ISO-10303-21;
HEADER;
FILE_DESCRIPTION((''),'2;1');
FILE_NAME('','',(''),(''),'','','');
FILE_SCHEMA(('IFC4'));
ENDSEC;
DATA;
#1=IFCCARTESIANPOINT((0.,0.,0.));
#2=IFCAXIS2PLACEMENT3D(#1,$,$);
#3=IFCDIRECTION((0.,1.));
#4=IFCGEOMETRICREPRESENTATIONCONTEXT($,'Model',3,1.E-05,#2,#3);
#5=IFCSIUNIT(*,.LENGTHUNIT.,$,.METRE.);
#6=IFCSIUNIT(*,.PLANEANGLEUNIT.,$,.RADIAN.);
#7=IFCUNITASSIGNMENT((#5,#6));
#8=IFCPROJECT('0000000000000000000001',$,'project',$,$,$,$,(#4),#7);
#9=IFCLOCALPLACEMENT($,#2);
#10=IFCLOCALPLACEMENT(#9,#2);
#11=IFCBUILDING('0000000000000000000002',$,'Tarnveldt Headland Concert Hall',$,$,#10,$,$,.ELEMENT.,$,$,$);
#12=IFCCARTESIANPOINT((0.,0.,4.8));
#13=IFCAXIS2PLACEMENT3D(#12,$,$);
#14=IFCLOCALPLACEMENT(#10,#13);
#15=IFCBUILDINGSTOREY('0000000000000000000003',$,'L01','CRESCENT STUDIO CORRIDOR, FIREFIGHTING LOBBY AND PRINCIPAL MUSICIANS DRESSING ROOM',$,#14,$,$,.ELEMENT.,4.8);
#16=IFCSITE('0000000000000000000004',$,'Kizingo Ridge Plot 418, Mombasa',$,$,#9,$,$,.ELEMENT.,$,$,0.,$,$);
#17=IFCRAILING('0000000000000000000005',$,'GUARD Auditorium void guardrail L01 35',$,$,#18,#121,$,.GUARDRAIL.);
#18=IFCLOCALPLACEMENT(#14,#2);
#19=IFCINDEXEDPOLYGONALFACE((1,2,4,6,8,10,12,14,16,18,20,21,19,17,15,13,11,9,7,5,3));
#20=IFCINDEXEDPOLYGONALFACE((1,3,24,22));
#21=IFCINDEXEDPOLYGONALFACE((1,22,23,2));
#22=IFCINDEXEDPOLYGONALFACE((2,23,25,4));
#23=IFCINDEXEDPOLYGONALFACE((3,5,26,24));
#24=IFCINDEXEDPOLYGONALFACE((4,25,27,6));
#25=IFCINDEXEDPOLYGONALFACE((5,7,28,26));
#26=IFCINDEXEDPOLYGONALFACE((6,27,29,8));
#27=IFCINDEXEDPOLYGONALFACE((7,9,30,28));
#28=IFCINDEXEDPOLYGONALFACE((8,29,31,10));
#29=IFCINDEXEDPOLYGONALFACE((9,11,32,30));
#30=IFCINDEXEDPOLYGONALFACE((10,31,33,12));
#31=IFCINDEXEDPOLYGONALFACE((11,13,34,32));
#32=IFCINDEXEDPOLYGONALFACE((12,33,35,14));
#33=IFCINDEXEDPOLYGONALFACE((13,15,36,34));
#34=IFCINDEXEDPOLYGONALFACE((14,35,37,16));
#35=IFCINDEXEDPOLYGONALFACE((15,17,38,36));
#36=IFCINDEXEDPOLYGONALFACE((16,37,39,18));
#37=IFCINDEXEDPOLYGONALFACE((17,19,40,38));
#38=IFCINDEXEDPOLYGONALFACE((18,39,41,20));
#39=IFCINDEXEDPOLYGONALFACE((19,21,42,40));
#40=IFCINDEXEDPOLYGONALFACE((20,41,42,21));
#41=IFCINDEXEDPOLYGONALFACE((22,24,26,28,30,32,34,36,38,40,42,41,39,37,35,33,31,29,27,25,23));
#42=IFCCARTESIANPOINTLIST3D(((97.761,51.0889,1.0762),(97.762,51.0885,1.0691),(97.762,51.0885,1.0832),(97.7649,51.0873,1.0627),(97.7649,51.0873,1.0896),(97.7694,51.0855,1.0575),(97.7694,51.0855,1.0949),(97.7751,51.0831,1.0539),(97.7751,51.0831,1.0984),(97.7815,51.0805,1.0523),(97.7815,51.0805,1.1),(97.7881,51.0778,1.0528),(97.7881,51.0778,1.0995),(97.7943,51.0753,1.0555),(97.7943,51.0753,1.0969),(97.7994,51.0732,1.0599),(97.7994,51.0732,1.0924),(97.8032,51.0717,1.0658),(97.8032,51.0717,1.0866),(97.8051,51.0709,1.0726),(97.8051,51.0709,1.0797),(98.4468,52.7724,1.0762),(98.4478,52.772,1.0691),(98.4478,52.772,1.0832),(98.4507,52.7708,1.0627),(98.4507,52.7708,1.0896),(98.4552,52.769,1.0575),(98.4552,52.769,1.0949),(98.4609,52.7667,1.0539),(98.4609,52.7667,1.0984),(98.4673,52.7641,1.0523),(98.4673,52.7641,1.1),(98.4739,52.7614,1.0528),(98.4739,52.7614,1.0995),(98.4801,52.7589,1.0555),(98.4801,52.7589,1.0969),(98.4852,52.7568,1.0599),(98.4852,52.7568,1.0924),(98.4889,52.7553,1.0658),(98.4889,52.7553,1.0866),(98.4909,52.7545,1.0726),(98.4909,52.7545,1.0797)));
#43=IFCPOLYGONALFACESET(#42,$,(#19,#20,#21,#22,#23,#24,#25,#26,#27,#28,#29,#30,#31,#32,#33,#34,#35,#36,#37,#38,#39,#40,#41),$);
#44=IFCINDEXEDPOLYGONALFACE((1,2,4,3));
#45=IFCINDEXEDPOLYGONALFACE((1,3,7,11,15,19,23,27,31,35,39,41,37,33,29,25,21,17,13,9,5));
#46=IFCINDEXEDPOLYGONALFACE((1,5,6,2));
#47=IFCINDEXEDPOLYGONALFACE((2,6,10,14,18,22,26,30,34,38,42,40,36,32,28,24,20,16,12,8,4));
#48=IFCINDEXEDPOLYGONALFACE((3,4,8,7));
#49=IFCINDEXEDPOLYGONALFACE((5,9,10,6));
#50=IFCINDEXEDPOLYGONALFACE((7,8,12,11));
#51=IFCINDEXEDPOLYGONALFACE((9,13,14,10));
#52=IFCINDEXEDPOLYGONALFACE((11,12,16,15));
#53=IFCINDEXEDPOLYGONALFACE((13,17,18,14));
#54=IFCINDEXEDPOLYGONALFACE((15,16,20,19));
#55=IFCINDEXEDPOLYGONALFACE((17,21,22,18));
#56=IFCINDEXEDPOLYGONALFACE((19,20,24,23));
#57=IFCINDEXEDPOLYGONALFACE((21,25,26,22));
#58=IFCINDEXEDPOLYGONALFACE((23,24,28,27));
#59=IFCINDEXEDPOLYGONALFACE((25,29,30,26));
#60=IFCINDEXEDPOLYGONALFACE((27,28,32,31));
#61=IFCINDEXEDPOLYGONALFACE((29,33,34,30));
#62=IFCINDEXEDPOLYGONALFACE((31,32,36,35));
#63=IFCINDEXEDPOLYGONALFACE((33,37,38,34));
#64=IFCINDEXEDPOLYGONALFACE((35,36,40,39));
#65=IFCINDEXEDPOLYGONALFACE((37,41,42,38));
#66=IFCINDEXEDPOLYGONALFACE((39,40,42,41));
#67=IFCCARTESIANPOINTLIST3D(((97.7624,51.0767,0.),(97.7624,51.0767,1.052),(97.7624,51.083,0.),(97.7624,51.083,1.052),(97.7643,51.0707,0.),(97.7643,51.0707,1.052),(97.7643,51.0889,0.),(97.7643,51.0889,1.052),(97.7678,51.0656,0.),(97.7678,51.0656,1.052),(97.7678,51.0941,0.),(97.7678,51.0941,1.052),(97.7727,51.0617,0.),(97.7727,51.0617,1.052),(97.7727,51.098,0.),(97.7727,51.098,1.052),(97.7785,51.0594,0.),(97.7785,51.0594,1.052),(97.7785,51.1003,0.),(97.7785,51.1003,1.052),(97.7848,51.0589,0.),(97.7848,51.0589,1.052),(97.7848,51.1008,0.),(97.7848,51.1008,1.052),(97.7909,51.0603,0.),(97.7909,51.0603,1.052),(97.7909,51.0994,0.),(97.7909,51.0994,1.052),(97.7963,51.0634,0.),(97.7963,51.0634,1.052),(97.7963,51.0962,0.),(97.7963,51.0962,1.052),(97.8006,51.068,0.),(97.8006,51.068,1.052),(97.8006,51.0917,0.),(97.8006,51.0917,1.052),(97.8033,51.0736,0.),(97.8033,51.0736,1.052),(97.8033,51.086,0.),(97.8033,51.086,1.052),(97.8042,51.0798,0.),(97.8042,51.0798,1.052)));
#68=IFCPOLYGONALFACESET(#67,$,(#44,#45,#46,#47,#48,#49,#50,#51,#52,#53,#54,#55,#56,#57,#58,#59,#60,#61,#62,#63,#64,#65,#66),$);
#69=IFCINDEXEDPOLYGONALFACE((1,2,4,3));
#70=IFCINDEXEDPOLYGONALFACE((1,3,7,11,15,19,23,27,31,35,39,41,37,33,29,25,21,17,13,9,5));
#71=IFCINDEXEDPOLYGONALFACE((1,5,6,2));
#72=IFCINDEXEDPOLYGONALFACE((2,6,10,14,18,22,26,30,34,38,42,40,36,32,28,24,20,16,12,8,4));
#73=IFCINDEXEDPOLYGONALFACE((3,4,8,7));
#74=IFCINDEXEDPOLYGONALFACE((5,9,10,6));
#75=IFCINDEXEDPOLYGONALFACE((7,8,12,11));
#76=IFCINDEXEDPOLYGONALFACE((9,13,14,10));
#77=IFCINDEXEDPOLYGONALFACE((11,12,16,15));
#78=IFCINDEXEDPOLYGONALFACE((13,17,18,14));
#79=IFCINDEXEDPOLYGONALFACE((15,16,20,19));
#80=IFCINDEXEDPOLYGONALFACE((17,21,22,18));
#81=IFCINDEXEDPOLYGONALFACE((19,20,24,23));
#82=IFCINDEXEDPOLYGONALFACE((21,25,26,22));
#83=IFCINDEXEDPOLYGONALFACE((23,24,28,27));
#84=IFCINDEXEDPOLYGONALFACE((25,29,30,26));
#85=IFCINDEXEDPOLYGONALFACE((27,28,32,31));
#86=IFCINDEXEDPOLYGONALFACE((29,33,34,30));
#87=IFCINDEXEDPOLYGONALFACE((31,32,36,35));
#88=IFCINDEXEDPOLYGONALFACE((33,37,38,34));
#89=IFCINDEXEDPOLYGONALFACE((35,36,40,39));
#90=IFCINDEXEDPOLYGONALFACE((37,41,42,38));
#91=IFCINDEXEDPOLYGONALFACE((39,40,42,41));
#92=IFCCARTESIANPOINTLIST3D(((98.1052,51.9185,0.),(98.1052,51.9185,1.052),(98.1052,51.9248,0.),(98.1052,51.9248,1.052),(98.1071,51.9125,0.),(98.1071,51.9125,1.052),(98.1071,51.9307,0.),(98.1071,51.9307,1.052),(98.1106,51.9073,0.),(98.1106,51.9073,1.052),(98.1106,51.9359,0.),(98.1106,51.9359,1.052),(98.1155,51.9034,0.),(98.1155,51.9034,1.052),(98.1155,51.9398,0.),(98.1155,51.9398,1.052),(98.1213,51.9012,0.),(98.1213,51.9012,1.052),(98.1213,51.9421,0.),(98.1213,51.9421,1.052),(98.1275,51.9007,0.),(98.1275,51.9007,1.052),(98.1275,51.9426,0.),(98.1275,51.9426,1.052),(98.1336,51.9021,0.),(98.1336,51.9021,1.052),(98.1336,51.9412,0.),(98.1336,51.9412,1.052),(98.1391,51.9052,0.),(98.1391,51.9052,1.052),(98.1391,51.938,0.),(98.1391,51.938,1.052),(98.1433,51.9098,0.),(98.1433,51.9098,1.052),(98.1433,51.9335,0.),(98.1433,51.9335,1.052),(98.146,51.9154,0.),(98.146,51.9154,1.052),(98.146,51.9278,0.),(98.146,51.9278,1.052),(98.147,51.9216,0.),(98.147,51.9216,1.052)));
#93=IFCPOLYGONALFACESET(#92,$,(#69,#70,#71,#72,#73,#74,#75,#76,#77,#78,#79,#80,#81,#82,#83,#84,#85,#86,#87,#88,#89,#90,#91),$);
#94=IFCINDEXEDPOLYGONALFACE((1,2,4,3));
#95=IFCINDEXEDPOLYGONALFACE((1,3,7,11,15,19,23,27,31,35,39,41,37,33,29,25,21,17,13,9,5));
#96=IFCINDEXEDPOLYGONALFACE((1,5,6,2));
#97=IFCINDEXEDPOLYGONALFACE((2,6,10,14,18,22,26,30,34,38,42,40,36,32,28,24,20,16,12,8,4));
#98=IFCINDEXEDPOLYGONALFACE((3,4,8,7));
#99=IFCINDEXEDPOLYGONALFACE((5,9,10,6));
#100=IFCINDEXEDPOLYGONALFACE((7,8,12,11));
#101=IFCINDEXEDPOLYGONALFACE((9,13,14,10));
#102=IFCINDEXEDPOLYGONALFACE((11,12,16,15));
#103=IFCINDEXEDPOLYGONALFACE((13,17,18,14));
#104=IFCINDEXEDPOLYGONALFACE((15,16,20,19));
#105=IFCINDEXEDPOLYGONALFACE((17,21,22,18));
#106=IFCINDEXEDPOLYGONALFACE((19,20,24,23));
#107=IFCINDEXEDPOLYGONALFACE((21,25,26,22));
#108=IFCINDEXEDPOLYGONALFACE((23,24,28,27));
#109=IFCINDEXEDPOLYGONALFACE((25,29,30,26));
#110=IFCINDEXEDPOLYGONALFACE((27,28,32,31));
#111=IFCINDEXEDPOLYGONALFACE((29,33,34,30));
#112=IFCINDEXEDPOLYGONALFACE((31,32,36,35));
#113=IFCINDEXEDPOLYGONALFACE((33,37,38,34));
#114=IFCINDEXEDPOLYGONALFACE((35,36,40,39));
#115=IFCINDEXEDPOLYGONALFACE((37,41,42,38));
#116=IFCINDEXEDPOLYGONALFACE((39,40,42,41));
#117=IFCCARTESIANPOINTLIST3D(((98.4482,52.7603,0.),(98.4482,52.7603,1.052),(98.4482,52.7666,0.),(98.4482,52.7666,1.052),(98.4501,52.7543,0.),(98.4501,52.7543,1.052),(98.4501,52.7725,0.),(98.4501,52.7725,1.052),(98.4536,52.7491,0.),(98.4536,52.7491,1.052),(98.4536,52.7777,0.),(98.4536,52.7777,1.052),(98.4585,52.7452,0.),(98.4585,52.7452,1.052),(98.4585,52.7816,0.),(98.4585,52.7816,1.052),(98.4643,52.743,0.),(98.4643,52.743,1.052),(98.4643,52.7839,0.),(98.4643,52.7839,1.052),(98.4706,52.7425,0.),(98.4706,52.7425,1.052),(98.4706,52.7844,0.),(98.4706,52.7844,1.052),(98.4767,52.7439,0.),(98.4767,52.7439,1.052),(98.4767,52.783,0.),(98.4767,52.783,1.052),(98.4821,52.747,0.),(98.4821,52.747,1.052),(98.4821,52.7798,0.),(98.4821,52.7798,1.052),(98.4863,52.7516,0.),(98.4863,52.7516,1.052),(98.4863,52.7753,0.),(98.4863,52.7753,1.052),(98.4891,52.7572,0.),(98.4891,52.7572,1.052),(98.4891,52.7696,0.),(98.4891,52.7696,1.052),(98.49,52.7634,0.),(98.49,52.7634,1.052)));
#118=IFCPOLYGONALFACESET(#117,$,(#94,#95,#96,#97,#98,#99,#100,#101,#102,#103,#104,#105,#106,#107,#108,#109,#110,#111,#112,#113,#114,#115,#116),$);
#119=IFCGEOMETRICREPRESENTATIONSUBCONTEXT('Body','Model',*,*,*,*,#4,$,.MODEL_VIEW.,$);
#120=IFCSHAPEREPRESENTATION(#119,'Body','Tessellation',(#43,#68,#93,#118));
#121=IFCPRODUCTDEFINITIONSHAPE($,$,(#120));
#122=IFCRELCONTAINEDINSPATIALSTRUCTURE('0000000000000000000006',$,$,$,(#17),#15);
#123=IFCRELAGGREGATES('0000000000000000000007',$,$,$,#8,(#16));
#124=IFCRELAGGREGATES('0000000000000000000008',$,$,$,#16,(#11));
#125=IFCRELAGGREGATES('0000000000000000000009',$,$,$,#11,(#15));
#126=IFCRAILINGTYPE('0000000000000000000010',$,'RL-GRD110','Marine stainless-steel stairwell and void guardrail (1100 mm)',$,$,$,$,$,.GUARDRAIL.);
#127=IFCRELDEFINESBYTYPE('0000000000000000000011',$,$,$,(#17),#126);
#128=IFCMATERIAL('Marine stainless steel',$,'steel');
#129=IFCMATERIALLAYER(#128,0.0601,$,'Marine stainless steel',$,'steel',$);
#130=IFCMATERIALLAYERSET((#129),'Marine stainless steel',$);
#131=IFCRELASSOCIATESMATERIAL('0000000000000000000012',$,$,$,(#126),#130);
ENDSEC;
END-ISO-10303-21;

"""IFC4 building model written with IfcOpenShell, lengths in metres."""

from ifc_helpers import new_model, si_unit, direction, frame, origin, origin_2d, place, context, subcontext, project, spatial, circle, extrude, material, layer, layer_set, type_object, element, save


model = new_model("IFC4")

# Units and contexts
model_context = context("Model", 3, precision=1e-05, world=origin(), true_north=direction((0.0, 1.0)))
body_context = subcontext(model_context, "Body", "Model", "MODEL_VIEW")
ifc_project = project(units=[si_unit("LENGTHUNIT", "METRE"), si_unit("PLANEANGLEUNIT", "RADIAN")], contexts=[model_context])

# Site, building, storey
site_placement = place(None, origin())
site = spatial("IfcSite", under=ifc_project, at=site_placement, Name="Kizingo Ridge Plot 418, Mombasa", CompositionType="ELEMENT", RefElevation=0.0)
building_placement = place(site_placement, origin())
building = spatial("IfcBuilding", under=site, at=building_placement, Name="Tarnveldt Headland Concert Hall", CompositionType="ELEMENT")
storey_placement = place(building_placement, frame((0.0, 0.0, 4.8)))
storey = spatial("IfcBuildingStorey", under=building, at=storey_placement, Name="L01", Description="CRESCENT STUDIO CORRIDOR, FIREFIGHTING LOBBY AND PRINCIPAL MUSICIANS DRESSING ROOM", CompositionType="ELEMENT", Elevation=4.8)

# Railing
ifc_material_1 = material(Name="Marine stainless steel", Category="steel")
ifc_layer_1 = layer(ifc_material_1, 0.0601, Name="Marine stainless steel", Category="steel")
ifc_layer_set_1 = layer_set([ifc_layer_1], Name="Marine stainless steel")
railing_type_1 = type_object("IfcRailingType", Name="RL-GRD110", Description="Marine stainless-steel stairwell and void guardrail (1100 mm)", PredefinedType="GUARDRAIL", material=ifc_layer_set_1)
railing_1_placement = place(storey_placement, frame((97.7832, 51.0798, 0.0)))
element("IfcRailing", 1, at=railing_1_placement, inside=storey, type_object=railing_type_1, Name="GUARD Auditorium void guardrail L01 35", PredefinedType="GUARDRAIL", context=body_context, shape_type="SweptSolid", body=[
    extrude(circle(Radius=0.0239, at=origin_2d()), frame((0.0, 0.0, 1.0762), z_axis=(0.377241, 0.926115, 0.0), x_axis=(-0.926115, 0.377241, 0.0)), (0.0, 0.0, 1.0), 1.8179),
    extrude(circle(Radius=0.021, at=origin_2d()), origin(), (0.0, 0.0, 1.0), 1.052),
    extrude(circle(Radius=0.021, at=origin_2d()), frame((0.3428, 0.8418, 0.0)), (0.0, 0.0, 1.0), 1.052),
    extrude(circle(Radius=0.021, at=origin_2d()), frame((0.6858, 1.6836, 0.0)), (0.0, 0.0, 1.0), 1.052),
])

save(model, "model.ifc")
